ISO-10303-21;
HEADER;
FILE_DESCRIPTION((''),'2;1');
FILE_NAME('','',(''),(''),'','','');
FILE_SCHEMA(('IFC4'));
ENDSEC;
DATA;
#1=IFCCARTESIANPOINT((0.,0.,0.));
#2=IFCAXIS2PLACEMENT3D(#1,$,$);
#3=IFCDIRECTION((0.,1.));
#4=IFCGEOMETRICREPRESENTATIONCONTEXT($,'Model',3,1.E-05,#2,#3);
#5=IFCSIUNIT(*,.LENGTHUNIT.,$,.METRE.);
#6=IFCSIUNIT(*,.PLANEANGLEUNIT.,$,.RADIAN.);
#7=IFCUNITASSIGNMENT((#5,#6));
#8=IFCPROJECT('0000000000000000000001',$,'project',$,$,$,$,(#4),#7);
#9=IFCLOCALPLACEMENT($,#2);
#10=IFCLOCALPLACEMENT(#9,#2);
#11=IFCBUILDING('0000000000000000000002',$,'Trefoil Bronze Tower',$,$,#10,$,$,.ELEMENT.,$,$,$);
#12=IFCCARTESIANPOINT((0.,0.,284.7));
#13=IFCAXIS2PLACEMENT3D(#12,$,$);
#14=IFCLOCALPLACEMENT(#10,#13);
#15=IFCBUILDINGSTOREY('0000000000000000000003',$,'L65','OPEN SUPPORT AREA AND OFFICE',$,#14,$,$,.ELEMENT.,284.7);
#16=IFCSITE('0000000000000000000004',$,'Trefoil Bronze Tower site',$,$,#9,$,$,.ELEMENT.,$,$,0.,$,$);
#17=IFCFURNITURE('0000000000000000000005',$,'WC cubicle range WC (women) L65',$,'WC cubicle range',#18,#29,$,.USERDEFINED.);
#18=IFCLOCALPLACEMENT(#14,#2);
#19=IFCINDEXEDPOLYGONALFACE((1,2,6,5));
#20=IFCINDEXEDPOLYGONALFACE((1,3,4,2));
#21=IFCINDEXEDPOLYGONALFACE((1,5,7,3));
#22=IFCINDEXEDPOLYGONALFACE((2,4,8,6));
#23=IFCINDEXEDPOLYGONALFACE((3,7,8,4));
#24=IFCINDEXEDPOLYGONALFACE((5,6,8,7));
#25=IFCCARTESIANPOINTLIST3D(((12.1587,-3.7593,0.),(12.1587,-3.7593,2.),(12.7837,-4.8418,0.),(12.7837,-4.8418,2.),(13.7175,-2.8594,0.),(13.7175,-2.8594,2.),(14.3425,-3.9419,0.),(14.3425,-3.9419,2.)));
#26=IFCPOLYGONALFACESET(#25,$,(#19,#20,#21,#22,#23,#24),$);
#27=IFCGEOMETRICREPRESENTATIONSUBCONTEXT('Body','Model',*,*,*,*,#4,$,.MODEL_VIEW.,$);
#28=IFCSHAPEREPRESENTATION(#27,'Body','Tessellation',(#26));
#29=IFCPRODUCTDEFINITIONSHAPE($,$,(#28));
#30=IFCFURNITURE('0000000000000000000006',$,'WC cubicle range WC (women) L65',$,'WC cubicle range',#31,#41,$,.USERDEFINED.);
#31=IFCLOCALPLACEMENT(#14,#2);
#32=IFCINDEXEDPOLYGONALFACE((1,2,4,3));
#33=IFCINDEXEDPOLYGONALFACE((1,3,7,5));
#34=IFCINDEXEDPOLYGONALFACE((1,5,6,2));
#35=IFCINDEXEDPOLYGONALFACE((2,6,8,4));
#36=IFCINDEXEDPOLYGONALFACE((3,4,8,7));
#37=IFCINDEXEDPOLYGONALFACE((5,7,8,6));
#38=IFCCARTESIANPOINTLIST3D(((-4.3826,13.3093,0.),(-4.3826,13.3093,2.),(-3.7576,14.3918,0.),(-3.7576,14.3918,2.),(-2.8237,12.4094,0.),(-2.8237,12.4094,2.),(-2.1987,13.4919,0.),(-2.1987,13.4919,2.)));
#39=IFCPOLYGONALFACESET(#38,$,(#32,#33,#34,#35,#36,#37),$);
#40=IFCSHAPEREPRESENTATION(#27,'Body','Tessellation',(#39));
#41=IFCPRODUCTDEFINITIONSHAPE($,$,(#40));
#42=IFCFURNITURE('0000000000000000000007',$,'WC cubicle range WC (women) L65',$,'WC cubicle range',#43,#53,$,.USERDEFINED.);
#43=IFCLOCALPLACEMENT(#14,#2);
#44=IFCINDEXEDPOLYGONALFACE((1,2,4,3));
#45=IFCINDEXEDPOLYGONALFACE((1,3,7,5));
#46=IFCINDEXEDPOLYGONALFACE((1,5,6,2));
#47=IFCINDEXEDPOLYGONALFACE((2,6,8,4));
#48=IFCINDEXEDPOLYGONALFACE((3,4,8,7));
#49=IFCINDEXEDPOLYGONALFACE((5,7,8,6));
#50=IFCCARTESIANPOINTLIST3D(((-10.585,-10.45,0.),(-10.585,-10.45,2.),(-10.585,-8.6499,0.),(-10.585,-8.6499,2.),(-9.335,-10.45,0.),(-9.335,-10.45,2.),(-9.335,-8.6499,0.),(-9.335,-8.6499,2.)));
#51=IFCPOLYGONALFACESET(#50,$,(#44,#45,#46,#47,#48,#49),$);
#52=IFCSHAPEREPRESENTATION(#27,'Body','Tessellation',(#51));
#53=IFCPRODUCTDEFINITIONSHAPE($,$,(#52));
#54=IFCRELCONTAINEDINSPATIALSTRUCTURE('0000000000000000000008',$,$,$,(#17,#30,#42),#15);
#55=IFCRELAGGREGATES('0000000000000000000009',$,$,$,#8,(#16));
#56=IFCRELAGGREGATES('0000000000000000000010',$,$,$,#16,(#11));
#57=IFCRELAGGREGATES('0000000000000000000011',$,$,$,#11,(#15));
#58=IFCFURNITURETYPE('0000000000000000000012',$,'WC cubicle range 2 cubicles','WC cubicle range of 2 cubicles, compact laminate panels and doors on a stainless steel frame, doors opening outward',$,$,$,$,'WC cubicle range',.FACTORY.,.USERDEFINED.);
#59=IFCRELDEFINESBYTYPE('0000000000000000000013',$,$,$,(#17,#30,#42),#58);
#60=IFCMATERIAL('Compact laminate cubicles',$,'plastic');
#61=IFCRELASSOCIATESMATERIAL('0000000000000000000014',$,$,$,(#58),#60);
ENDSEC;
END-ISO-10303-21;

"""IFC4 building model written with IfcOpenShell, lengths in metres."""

from ifc_helpers import new_model, si_unit, direction, frame, origin, place, context, subcontext, project, spatial, polyline, outline, extrude, material, type_object, element, save


model = new_model("IFC4")

# Units and contexts
model_context = context("Model", 3, precision=1e-05, world=origin(), true_north=direction((0.0, 1.0)))
body_context = subcontext(model_context, "Body", "Model", "MODEL_VIEW")
ifc_project = project(units=[si_unit("LENGTHUNIT", "METRE"), si_unit("PLANEANGLEUNIT", "RADIAN")], contexts=[model_context])

# Site, building, storey
site_placement = place(None, origin())
site = spatial("IfcSite", under=ifc_project, at=site_placement, Name="Trefoil Bronze Tower site", CompositionType="ELEMENT", RefElevation=0.0)
building_placement = place(site_placement, origin())
building = spatial("IfcBuilding", under=site, at=building_placement, Name="Trefoil Bronze Tower", CompositionType="ELEMENT")
storey_placement = place(building_placement, frame((0.0, 0.0, 284.7)))
storey = spatial("IfcBuildingStorey", under=building, at=storey_placement, Name="L65", Description="OPEN SUPPORT AREA AND OFFICE", CompositionType="ELEMENT", Elevation=284.7)

# Furniture
ifc_material_1 = material(Name="Compact laminate cubicles", Category="plastic")
furniture_type_1 = type_object("IfcFurnitureType", Name="WC cubicle range 2 cubicles", Description="WC cubicle range of 2 cubicles, compact laminate panels and doors on a stainless steel frame, doors opening outward", ElementType="WC cubicle range", AssemblyPlace="FACTORY", PredefinedType="USERDEFINED", material=ifc_material_1)
furniture_1_placement = place(storey_placement, origin())
element("IfcFurniture", 1, at=furniture_1_placement, inside=storey, type_object=furniture_type_1, Name="WC cubicle range WC (women) L65", ObjectType="WC cubicle range", PredefinedType="USERDEFINED", context=body_context, shape_type="SweptSolid", body=[
    extrude(outline(polyline([(12.1587, -3.7593), (12.7837, -4.8418), (14.3425, -3.9419), (13.7175, -2.8594), (12.1587, -3.7593)])), origin(), (0.0, 0.0, 1.0), 2.0),
])
furniture_2_placement = place(storey_placement, origin())
element("IfcFurniture", 2, at=furniture_2_placement, inside=storey, type_object=furniture_type_1, Name="WC cubicle range WC (women) L65", ObjectType="WC cubicle range", PredefinedType="USERDEFINED", context=body_context, shape_type="SweptSolid", body=[
    extrude(outline(polyline([(-2.8237, 12.4094), (-2.1987, 13.4919), (-3.7576, 14.3918), (-4.3826, 13.3093), (-2.8237, 12.4094)])), origin(), (0.0, 0.0, 1.0), 2.0),
])
furniture_3_placement = place(storey_placement, origin())
element("IfcFurniture", 3, at=furniture_3_placement, inside=storey, type_object=furniture_type_1, Name="WC cubicle range WC (women) L65", ObjectType="WC cubicle range", PredefinedType="USERDEFINED", context=body_context, shape_type="SweptSolid", body=[
    extrude(outline(polyline([(-9.335, -8.6499), (-10.585, -8.6499), (-10.585, -10.45), (-9.335, -10.45), (-9.335, -8.6499)])), origin(), (0.0, 0.0, 1.0), 2.0),
])

save(model, "model.ifc")
